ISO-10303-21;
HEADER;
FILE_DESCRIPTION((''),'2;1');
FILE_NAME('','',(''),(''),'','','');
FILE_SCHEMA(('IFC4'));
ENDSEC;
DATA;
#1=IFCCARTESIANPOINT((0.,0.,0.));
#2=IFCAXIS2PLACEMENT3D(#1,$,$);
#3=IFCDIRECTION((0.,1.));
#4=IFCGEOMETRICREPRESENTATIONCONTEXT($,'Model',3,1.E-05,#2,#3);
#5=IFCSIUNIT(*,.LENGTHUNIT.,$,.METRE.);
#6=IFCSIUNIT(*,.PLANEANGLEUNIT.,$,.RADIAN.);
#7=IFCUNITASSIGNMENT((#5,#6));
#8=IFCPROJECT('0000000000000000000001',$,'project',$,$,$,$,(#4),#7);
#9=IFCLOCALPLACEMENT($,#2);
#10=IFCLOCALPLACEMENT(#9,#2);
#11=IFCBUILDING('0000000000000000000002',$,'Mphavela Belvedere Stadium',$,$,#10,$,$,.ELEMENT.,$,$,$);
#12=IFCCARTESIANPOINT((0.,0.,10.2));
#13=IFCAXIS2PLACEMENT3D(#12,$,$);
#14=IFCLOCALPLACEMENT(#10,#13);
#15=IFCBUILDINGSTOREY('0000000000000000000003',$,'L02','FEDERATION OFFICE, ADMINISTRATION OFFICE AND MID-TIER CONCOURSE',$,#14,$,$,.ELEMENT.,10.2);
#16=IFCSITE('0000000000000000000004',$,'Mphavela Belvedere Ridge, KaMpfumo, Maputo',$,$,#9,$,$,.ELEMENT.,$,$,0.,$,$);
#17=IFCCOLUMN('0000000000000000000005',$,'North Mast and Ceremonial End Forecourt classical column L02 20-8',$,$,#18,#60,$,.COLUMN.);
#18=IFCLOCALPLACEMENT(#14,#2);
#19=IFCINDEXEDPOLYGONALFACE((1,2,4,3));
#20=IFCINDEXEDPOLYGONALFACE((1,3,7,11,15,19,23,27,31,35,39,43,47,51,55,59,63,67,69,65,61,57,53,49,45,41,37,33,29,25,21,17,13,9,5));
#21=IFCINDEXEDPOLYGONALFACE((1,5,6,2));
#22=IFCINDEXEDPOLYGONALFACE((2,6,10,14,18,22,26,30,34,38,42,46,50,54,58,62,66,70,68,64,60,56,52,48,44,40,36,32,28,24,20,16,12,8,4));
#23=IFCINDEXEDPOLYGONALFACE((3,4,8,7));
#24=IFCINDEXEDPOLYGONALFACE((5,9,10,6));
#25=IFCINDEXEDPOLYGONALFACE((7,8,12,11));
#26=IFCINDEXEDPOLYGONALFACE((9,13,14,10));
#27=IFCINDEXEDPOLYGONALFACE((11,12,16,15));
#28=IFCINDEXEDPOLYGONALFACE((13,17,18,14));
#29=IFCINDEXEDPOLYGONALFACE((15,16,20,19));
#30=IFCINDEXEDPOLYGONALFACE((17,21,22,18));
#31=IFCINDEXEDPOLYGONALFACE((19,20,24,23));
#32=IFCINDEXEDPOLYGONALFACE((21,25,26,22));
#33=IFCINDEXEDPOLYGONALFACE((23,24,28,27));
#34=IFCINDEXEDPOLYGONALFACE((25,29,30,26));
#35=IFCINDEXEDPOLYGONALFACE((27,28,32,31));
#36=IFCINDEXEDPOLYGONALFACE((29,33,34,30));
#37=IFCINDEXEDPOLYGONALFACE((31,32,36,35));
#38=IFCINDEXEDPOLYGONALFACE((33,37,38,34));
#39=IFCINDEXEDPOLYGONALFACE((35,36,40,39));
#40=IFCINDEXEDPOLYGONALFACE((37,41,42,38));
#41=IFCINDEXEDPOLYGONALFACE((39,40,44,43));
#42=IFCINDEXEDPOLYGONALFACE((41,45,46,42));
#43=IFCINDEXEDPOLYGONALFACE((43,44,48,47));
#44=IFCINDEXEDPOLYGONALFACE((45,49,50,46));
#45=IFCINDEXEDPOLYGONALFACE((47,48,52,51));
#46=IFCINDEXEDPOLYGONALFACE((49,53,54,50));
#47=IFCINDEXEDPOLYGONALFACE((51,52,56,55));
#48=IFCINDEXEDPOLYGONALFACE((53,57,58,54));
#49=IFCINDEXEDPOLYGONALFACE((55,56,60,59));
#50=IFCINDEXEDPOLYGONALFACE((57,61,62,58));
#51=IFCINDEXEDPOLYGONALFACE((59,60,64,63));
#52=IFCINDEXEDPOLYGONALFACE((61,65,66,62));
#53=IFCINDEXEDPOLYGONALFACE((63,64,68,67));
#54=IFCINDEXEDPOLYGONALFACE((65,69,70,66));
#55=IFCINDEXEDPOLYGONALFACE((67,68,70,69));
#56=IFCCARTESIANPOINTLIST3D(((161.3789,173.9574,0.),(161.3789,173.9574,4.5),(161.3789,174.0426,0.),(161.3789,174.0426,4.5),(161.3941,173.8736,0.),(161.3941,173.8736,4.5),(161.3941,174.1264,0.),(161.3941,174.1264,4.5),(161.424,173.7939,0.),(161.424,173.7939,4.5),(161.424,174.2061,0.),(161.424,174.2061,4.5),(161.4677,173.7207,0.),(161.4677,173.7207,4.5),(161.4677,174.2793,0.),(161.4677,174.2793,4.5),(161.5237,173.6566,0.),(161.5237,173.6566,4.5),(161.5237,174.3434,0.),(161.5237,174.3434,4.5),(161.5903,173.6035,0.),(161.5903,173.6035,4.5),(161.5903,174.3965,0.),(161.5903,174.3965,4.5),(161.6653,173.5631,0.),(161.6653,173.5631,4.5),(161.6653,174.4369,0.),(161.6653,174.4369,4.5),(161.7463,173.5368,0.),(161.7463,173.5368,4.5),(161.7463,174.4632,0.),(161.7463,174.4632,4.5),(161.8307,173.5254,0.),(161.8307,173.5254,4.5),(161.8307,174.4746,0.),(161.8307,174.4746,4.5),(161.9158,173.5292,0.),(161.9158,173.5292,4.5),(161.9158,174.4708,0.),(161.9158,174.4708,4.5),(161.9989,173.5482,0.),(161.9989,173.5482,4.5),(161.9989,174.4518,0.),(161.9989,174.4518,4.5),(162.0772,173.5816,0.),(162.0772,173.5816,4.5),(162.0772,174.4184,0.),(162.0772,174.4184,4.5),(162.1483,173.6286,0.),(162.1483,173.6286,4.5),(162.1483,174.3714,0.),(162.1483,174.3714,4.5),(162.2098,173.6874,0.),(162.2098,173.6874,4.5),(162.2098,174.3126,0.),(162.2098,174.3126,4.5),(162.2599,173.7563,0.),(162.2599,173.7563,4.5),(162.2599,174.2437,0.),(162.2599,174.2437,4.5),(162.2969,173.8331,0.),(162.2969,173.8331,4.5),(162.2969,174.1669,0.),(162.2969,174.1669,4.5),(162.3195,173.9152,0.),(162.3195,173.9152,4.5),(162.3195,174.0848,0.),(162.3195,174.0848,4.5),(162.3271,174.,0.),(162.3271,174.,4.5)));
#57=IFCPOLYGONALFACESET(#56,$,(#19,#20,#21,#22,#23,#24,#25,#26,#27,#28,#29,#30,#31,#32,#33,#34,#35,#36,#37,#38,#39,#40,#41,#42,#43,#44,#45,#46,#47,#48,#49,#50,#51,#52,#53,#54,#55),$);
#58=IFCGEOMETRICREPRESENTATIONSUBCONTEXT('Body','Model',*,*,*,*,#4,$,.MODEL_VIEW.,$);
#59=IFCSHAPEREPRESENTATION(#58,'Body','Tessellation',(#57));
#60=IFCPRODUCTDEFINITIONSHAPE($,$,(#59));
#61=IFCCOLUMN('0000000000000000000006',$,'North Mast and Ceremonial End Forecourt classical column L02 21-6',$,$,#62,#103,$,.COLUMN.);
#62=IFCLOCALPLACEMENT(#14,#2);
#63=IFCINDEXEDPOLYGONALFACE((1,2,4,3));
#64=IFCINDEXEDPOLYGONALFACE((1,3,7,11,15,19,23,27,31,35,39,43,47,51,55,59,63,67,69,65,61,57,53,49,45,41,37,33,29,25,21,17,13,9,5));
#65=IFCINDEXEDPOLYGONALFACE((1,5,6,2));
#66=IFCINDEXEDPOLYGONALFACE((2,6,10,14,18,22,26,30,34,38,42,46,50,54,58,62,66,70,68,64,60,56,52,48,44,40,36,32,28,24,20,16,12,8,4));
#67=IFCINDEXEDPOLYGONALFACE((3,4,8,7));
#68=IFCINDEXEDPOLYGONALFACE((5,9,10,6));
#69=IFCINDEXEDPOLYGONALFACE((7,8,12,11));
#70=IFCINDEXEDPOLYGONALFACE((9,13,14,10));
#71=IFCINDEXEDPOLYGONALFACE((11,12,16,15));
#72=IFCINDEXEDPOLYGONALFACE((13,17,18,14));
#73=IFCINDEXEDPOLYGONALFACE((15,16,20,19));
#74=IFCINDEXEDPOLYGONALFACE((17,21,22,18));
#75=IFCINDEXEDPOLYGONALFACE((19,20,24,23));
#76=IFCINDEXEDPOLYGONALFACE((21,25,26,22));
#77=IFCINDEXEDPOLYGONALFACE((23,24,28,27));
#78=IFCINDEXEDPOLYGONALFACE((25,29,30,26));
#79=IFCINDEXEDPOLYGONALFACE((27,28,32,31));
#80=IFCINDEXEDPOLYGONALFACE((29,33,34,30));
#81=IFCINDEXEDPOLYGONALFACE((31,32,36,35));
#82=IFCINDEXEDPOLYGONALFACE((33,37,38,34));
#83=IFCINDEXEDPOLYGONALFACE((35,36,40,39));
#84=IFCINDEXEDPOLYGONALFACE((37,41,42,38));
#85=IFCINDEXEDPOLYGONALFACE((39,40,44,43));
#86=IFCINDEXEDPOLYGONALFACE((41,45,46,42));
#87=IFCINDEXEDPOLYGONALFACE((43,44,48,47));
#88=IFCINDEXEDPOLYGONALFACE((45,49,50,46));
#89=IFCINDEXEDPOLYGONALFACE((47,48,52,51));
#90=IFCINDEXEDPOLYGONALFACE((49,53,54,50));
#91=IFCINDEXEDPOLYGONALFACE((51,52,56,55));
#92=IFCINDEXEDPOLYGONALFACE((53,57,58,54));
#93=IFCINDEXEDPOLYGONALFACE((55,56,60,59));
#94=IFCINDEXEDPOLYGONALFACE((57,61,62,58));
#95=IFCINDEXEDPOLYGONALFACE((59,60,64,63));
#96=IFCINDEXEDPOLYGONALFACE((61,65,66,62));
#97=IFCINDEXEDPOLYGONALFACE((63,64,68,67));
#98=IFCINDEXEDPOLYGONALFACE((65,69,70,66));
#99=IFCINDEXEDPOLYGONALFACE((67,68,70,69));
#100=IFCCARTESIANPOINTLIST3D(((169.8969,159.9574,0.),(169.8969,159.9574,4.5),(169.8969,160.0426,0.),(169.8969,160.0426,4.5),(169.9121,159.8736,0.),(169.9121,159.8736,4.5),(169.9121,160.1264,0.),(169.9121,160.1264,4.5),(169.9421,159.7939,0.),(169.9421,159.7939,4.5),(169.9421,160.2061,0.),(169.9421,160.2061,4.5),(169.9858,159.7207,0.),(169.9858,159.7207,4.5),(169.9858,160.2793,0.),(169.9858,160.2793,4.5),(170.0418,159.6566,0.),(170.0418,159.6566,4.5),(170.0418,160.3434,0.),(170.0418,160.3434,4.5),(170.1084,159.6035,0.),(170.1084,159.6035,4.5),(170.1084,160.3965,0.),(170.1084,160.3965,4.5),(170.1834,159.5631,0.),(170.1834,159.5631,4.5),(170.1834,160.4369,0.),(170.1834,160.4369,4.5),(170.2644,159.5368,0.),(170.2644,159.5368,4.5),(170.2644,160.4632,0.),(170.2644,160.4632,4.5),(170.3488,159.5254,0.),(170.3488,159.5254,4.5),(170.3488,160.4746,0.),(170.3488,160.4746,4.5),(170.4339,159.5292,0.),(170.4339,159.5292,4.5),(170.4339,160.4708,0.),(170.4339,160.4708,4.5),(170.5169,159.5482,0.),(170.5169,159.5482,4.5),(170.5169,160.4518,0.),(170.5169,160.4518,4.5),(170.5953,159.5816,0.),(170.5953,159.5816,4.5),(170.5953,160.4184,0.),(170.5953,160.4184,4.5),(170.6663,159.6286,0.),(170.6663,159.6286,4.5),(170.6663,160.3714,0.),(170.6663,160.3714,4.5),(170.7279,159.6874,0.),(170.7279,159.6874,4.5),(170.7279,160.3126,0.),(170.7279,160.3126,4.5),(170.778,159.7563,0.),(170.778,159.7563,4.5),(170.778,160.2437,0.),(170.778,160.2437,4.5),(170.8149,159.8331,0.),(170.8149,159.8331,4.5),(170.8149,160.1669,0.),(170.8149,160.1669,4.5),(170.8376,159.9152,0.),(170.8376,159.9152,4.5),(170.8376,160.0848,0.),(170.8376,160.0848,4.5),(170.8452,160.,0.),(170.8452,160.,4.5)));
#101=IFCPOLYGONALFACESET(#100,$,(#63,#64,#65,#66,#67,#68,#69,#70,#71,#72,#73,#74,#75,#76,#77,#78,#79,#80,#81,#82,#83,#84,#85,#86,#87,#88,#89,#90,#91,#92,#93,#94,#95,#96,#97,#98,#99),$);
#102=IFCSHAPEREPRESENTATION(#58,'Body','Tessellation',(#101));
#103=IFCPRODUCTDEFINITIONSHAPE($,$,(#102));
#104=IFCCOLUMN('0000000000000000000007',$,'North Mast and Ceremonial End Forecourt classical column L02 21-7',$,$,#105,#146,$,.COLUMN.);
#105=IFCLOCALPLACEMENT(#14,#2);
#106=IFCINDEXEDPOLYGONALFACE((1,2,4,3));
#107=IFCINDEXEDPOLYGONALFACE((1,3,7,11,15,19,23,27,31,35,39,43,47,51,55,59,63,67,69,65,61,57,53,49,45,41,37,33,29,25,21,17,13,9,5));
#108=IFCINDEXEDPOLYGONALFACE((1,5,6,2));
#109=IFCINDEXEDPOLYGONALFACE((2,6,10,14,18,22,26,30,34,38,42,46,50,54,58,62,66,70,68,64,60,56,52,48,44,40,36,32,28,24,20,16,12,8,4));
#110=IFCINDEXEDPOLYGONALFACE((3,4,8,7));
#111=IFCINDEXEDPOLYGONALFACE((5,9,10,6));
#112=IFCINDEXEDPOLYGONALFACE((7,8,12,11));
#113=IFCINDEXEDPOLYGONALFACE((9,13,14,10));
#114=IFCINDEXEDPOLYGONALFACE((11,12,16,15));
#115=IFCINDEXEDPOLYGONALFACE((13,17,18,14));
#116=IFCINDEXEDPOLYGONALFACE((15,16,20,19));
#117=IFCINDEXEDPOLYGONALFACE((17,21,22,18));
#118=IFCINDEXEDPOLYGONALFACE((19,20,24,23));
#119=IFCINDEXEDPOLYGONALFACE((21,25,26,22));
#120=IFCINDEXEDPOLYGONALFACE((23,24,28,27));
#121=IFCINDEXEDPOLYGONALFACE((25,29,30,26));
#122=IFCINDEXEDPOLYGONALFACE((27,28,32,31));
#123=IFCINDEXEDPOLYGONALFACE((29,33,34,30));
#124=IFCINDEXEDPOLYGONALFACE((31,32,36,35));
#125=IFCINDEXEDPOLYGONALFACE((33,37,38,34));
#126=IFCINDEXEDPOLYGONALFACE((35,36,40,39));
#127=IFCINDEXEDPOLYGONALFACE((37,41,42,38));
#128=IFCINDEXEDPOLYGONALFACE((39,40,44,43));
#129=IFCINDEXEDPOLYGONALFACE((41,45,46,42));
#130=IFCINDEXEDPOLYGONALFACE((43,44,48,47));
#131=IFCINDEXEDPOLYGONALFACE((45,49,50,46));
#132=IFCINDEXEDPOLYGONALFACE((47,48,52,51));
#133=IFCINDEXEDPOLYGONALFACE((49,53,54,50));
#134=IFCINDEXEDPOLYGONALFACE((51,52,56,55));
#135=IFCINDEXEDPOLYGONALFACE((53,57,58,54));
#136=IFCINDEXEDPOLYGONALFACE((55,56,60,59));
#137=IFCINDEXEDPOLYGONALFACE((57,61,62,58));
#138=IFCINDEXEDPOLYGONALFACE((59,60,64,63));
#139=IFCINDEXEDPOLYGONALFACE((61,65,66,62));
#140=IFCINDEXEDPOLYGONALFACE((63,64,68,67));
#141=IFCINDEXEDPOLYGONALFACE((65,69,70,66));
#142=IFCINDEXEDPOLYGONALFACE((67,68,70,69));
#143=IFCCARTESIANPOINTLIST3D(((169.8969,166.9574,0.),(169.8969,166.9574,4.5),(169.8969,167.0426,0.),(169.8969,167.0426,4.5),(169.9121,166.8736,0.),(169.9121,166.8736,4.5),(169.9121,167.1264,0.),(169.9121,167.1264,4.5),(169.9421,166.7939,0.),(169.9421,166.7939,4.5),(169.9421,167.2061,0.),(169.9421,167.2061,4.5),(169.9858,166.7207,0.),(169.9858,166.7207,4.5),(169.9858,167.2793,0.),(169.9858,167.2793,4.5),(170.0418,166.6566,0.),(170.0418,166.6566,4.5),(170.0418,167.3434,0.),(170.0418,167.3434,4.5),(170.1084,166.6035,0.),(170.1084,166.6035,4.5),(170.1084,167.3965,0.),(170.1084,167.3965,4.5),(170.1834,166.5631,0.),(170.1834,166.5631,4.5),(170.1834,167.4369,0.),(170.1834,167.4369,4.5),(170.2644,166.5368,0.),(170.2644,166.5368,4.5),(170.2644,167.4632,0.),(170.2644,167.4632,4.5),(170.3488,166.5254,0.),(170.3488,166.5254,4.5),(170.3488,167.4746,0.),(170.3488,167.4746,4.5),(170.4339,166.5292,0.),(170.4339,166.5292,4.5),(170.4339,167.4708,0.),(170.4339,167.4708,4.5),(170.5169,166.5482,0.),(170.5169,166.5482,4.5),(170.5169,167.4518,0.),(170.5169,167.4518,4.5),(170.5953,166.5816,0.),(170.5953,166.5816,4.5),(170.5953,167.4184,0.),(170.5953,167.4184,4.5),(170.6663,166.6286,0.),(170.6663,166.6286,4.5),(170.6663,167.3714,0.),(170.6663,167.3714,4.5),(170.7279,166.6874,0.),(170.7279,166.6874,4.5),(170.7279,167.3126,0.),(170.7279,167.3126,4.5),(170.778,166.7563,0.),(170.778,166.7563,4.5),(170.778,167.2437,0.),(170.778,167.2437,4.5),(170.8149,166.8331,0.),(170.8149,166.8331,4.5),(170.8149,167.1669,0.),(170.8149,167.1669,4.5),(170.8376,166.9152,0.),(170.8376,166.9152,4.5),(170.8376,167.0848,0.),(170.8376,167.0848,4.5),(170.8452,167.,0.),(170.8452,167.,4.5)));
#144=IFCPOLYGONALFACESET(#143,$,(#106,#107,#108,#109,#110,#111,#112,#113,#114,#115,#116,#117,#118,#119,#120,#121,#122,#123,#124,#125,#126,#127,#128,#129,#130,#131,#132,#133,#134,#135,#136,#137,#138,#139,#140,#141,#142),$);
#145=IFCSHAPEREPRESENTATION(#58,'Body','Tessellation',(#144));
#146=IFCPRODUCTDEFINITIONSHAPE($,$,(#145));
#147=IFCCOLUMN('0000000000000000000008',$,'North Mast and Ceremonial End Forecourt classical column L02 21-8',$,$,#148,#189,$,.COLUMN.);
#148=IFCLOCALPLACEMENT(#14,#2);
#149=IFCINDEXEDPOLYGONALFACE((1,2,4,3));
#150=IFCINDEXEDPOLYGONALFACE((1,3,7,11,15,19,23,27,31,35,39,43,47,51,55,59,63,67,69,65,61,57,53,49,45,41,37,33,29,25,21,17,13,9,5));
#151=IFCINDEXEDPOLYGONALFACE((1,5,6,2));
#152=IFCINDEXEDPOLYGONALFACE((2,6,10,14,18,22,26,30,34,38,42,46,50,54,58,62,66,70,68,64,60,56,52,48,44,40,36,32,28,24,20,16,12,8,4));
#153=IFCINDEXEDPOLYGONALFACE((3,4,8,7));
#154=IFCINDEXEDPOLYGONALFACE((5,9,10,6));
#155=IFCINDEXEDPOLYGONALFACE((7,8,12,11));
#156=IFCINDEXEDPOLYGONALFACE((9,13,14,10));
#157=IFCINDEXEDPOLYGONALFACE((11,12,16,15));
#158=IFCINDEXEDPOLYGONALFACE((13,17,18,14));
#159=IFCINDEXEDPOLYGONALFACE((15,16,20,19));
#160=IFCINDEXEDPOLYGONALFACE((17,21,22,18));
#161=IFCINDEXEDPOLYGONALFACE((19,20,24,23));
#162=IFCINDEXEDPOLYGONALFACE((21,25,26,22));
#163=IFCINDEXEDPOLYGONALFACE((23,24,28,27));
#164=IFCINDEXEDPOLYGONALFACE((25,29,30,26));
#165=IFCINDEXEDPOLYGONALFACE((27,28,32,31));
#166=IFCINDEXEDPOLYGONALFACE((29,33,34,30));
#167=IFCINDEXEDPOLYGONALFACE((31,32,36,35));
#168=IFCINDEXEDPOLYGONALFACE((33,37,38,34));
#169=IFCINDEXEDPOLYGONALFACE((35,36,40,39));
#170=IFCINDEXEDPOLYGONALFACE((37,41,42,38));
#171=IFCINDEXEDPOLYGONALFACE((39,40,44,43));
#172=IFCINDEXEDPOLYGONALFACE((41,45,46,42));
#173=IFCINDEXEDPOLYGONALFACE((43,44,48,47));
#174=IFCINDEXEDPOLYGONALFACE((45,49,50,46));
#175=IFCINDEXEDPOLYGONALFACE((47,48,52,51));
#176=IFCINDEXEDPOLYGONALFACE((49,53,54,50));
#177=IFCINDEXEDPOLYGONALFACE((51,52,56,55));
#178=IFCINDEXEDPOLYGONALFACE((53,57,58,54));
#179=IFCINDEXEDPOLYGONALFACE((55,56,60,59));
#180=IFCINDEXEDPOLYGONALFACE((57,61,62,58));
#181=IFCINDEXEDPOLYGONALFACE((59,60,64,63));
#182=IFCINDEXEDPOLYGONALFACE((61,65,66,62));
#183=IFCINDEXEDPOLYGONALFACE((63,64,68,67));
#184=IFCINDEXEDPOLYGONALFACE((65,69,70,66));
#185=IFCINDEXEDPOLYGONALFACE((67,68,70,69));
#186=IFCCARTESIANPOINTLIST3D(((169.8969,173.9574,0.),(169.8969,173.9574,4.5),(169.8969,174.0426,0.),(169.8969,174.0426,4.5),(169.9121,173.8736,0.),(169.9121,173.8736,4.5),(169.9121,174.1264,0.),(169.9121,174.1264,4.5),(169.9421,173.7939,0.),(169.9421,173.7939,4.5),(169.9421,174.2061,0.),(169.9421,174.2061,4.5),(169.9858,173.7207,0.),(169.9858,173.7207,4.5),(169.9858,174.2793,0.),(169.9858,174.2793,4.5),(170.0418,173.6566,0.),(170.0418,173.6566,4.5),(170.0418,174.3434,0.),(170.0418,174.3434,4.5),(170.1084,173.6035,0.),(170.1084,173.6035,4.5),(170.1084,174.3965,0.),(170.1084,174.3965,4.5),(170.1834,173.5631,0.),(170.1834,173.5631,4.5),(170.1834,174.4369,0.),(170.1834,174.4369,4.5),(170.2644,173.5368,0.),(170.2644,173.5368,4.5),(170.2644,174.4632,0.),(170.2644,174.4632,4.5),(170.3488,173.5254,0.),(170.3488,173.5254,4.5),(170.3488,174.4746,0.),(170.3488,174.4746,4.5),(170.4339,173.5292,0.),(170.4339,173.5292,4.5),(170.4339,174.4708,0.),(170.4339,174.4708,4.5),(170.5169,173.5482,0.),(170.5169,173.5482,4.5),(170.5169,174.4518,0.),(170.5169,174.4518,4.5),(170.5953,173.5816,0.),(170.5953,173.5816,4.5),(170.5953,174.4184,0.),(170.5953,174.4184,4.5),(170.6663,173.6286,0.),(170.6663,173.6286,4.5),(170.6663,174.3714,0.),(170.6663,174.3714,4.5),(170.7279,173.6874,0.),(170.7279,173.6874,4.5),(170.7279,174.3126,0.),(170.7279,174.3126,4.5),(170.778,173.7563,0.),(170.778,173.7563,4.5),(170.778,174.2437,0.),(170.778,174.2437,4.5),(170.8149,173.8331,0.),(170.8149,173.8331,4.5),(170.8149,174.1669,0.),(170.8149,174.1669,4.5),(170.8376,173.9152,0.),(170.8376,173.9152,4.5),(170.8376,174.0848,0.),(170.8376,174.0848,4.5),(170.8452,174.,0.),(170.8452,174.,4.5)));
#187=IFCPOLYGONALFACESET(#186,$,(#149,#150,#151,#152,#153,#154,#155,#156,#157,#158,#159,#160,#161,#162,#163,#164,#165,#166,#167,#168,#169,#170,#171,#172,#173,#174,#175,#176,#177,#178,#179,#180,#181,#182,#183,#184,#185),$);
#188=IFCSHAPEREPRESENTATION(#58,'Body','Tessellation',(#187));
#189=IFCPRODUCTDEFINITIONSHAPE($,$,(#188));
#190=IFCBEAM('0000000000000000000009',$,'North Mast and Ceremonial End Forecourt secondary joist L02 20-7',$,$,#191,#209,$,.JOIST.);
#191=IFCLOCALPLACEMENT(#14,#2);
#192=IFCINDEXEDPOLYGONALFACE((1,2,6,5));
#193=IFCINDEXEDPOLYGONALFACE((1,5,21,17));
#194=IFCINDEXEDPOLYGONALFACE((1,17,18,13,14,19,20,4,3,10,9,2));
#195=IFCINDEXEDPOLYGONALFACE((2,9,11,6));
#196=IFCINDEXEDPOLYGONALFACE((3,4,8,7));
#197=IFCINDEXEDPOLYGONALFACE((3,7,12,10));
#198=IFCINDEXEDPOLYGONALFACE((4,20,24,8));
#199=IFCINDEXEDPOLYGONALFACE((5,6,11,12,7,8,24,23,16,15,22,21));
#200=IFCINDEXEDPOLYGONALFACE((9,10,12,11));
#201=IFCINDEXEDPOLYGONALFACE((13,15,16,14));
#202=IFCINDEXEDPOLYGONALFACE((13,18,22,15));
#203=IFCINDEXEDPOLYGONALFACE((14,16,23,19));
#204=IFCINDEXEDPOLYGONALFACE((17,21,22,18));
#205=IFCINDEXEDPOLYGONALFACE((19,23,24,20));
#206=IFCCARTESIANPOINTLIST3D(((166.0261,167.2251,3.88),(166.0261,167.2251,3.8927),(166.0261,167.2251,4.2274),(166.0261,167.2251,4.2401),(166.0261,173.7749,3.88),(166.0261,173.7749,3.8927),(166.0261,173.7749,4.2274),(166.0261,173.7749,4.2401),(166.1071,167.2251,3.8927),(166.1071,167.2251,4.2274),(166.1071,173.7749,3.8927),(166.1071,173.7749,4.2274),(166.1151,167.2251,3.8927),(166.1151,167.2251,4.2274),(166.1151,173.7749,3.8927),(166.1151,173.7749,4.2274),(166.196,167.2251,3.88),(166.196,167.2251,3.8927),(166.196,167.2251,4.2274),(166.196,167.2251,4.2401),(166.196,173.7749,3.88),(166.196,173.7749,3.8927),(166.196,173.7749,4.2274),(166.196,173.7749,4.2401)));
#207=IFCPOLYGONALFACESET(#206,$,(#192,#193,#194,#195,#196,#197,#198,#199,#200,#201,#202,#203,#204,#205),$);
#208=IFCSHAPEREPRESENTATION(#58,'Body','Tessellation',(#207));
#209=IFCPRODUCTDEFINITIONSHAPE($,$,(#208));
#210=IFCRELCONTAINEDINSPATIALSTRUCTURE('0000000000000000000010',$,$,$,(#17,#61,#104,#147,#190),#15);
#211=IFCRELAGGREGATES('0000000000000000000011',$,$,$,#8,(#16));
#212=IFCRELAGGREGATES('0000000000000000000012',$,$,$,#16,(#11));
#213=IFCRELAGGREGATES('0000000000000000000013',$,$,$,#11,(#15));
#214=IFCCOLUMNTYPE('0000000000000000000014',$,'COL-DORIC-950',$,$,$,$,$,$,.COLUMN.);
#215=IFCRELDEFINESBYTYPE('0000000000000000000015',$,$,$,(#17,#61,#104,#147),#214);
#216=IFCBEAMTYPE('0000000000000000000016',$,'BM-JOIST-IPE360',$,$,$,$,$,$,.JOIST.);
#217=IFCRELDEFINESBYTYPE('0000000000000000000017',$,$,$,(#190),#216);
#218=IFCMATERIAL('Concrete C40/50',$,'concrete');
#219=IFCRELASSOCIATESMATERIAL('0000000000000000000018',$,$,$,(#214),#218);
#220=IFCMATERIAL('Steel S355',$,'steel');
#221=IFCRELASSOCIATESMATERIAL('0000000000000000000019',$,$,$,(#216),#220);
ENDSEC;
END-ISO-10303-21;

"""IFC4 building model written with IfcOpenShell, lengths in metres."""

from ifc_helpers import new_model, si_unit, direction, frame, origin, origin_2d, place, context, subcontext, project, spatial, circle, i_section, extrude, material, material_profile, profile_set, type_object, element, save


model = new_model("IFC4")

# Units and contexts
model_context = context("Model", 3, precision=1e-05, world=origin(), true_north=direction((0.0, 1.0)))
body_context = subcontext(model_context, "Body", "Model", "MODEL_VIEW")
ifc_project = project(units=[si_unit("LENGTHUNIT", "METRE"), si_unit("PLANEANGLEUNIT", "RADIAN")], contexts=[model_context])

# Site, building, storey
site_placement = place(None, origin())
site = spatial("IfcSite", under=ifc_project, at=site_placement, Name="Mphavela Belvedere Ridge, KaMpfumo, Maputo", CompositionType="ELEMENT", RefElevation=0.0)
building_placement = place(site_placement, origin())
building = spatial("IfcBuilding", under=site, at=building_placement, Name="Mphavela Belvedere Stadium", CompositionType="ELEMENT")
storey_placement = place(building_placement, frame((0.0, 0.0, 10.2)))
storey = spatial("IfcBuildingStorey", under=building, at=storey_placement, Name="L02", Description="FEDERATION OFFICE, ADMINISTRATION OFFICE AND MID-TIER CONCOURSE", CompositionType="ELEMENT", Elevation=10.2)

# Columns
ifc_material_1 = material(Name="Concrete C40/50", Category="concrete")
ifc_material_profile_1 = material_profile(ifc_material_1, circle(Radius=0.4751, at=origin_2d()), Name="COL D950")
ifc_profile_set_1 = profile_set([ifc_material_profile_1], Name="Concrete C40/50")
column_type = type_object("IfcColumnType", Name="COL-DORIC-950", PredefinedType="COLUMN", material=ifc_profile_set_1)
for number, where, z_axis, x_axis, name in (
    (1, (161.8521, 174.0, 0.0), (0.0, 0.0, 1.0), (1.0, 0.0, 0.0), "North Mast and Ceremonial End Forecourt classical column L02 20-8"),
    (2, (170.3701, 160.0, 0.0), (0.0, 0.0, 1.0), (1.0, 0.0, 0.0), "North Mast and Ceremonial End Forecourt classical column L02 21-6"),
    (3, (170.3701, 167.0, 0.0), (0.0, 0.0, 1.0), (1.0, 0.0, 0.0), "North Mast and Ceremonial End Forecourt classical column L02 21-7"),
    (4, (170.3701, 174.0, 0.0), (0.0, 0.0, 1.0), (1.0, 0.0, 0.0), "North Mast and Ceremonial End Forecourt classical column L02 21-8"),
):
    element("IfcColumn", number, at=place(storey_placement, frame(where, z_axis=z_axis, x_axis=x_axis)), inside=storey, type_object=column_type, Name=name, PredefinedType="COLUMN", context=body_context, shape_type="SweptSolid", body=[
        extrude(circle(Radius=0.4751, at=origin_2d()), origin(), (0.0, 0.0, 1.0), 4.5),
    ])

# Beam
ifc_material_2 = material(Name="Steel S355", Category="steel")
ifc_material_profile_2 = material_profile(ifc_material_2, i_section(OverallWidth=0.1699, OverallDepth=0.3601, WebThickness=0.0081, FlangeThickness=0.0127, at=origin_2d()), Name="IPE 360")
ifc_profile_set_2 = profile_set([ifc_material_profile_2], Name="Steel S355")
beam_type_1 = type_object("IfcBeamType", Name="BM-JOIST-IPE360", PredefinedType="JOIST", material=ifc_profile_set_2)
beam_1_placement = place(storey_placement, frame((166.1111, 167.2251, 4.0601), z_axis=(0.0, 1.0, 0.0), x_axis=(-1.0, 0.0, 0.0)))
element("IfcBeam", 5, at=beam_1_placement, inside=storey, type_object=beam_type_1, Name="North Mast and Ceremonial End Forecourt secondary joist L02 20-7", PredefinedType="JOIST", context=body_context, shape_type="SweptSolid", body=[
    extrude(i_section(OverallWidth=0.1699, OverallDepth=0.3601, WebThickness=0.0081, FlangeThickness=0.0127, at=origin_2d()), origin(), (0.0, 0.0, 1.0), 6.5498),
])

save(model, "model.ifc")
